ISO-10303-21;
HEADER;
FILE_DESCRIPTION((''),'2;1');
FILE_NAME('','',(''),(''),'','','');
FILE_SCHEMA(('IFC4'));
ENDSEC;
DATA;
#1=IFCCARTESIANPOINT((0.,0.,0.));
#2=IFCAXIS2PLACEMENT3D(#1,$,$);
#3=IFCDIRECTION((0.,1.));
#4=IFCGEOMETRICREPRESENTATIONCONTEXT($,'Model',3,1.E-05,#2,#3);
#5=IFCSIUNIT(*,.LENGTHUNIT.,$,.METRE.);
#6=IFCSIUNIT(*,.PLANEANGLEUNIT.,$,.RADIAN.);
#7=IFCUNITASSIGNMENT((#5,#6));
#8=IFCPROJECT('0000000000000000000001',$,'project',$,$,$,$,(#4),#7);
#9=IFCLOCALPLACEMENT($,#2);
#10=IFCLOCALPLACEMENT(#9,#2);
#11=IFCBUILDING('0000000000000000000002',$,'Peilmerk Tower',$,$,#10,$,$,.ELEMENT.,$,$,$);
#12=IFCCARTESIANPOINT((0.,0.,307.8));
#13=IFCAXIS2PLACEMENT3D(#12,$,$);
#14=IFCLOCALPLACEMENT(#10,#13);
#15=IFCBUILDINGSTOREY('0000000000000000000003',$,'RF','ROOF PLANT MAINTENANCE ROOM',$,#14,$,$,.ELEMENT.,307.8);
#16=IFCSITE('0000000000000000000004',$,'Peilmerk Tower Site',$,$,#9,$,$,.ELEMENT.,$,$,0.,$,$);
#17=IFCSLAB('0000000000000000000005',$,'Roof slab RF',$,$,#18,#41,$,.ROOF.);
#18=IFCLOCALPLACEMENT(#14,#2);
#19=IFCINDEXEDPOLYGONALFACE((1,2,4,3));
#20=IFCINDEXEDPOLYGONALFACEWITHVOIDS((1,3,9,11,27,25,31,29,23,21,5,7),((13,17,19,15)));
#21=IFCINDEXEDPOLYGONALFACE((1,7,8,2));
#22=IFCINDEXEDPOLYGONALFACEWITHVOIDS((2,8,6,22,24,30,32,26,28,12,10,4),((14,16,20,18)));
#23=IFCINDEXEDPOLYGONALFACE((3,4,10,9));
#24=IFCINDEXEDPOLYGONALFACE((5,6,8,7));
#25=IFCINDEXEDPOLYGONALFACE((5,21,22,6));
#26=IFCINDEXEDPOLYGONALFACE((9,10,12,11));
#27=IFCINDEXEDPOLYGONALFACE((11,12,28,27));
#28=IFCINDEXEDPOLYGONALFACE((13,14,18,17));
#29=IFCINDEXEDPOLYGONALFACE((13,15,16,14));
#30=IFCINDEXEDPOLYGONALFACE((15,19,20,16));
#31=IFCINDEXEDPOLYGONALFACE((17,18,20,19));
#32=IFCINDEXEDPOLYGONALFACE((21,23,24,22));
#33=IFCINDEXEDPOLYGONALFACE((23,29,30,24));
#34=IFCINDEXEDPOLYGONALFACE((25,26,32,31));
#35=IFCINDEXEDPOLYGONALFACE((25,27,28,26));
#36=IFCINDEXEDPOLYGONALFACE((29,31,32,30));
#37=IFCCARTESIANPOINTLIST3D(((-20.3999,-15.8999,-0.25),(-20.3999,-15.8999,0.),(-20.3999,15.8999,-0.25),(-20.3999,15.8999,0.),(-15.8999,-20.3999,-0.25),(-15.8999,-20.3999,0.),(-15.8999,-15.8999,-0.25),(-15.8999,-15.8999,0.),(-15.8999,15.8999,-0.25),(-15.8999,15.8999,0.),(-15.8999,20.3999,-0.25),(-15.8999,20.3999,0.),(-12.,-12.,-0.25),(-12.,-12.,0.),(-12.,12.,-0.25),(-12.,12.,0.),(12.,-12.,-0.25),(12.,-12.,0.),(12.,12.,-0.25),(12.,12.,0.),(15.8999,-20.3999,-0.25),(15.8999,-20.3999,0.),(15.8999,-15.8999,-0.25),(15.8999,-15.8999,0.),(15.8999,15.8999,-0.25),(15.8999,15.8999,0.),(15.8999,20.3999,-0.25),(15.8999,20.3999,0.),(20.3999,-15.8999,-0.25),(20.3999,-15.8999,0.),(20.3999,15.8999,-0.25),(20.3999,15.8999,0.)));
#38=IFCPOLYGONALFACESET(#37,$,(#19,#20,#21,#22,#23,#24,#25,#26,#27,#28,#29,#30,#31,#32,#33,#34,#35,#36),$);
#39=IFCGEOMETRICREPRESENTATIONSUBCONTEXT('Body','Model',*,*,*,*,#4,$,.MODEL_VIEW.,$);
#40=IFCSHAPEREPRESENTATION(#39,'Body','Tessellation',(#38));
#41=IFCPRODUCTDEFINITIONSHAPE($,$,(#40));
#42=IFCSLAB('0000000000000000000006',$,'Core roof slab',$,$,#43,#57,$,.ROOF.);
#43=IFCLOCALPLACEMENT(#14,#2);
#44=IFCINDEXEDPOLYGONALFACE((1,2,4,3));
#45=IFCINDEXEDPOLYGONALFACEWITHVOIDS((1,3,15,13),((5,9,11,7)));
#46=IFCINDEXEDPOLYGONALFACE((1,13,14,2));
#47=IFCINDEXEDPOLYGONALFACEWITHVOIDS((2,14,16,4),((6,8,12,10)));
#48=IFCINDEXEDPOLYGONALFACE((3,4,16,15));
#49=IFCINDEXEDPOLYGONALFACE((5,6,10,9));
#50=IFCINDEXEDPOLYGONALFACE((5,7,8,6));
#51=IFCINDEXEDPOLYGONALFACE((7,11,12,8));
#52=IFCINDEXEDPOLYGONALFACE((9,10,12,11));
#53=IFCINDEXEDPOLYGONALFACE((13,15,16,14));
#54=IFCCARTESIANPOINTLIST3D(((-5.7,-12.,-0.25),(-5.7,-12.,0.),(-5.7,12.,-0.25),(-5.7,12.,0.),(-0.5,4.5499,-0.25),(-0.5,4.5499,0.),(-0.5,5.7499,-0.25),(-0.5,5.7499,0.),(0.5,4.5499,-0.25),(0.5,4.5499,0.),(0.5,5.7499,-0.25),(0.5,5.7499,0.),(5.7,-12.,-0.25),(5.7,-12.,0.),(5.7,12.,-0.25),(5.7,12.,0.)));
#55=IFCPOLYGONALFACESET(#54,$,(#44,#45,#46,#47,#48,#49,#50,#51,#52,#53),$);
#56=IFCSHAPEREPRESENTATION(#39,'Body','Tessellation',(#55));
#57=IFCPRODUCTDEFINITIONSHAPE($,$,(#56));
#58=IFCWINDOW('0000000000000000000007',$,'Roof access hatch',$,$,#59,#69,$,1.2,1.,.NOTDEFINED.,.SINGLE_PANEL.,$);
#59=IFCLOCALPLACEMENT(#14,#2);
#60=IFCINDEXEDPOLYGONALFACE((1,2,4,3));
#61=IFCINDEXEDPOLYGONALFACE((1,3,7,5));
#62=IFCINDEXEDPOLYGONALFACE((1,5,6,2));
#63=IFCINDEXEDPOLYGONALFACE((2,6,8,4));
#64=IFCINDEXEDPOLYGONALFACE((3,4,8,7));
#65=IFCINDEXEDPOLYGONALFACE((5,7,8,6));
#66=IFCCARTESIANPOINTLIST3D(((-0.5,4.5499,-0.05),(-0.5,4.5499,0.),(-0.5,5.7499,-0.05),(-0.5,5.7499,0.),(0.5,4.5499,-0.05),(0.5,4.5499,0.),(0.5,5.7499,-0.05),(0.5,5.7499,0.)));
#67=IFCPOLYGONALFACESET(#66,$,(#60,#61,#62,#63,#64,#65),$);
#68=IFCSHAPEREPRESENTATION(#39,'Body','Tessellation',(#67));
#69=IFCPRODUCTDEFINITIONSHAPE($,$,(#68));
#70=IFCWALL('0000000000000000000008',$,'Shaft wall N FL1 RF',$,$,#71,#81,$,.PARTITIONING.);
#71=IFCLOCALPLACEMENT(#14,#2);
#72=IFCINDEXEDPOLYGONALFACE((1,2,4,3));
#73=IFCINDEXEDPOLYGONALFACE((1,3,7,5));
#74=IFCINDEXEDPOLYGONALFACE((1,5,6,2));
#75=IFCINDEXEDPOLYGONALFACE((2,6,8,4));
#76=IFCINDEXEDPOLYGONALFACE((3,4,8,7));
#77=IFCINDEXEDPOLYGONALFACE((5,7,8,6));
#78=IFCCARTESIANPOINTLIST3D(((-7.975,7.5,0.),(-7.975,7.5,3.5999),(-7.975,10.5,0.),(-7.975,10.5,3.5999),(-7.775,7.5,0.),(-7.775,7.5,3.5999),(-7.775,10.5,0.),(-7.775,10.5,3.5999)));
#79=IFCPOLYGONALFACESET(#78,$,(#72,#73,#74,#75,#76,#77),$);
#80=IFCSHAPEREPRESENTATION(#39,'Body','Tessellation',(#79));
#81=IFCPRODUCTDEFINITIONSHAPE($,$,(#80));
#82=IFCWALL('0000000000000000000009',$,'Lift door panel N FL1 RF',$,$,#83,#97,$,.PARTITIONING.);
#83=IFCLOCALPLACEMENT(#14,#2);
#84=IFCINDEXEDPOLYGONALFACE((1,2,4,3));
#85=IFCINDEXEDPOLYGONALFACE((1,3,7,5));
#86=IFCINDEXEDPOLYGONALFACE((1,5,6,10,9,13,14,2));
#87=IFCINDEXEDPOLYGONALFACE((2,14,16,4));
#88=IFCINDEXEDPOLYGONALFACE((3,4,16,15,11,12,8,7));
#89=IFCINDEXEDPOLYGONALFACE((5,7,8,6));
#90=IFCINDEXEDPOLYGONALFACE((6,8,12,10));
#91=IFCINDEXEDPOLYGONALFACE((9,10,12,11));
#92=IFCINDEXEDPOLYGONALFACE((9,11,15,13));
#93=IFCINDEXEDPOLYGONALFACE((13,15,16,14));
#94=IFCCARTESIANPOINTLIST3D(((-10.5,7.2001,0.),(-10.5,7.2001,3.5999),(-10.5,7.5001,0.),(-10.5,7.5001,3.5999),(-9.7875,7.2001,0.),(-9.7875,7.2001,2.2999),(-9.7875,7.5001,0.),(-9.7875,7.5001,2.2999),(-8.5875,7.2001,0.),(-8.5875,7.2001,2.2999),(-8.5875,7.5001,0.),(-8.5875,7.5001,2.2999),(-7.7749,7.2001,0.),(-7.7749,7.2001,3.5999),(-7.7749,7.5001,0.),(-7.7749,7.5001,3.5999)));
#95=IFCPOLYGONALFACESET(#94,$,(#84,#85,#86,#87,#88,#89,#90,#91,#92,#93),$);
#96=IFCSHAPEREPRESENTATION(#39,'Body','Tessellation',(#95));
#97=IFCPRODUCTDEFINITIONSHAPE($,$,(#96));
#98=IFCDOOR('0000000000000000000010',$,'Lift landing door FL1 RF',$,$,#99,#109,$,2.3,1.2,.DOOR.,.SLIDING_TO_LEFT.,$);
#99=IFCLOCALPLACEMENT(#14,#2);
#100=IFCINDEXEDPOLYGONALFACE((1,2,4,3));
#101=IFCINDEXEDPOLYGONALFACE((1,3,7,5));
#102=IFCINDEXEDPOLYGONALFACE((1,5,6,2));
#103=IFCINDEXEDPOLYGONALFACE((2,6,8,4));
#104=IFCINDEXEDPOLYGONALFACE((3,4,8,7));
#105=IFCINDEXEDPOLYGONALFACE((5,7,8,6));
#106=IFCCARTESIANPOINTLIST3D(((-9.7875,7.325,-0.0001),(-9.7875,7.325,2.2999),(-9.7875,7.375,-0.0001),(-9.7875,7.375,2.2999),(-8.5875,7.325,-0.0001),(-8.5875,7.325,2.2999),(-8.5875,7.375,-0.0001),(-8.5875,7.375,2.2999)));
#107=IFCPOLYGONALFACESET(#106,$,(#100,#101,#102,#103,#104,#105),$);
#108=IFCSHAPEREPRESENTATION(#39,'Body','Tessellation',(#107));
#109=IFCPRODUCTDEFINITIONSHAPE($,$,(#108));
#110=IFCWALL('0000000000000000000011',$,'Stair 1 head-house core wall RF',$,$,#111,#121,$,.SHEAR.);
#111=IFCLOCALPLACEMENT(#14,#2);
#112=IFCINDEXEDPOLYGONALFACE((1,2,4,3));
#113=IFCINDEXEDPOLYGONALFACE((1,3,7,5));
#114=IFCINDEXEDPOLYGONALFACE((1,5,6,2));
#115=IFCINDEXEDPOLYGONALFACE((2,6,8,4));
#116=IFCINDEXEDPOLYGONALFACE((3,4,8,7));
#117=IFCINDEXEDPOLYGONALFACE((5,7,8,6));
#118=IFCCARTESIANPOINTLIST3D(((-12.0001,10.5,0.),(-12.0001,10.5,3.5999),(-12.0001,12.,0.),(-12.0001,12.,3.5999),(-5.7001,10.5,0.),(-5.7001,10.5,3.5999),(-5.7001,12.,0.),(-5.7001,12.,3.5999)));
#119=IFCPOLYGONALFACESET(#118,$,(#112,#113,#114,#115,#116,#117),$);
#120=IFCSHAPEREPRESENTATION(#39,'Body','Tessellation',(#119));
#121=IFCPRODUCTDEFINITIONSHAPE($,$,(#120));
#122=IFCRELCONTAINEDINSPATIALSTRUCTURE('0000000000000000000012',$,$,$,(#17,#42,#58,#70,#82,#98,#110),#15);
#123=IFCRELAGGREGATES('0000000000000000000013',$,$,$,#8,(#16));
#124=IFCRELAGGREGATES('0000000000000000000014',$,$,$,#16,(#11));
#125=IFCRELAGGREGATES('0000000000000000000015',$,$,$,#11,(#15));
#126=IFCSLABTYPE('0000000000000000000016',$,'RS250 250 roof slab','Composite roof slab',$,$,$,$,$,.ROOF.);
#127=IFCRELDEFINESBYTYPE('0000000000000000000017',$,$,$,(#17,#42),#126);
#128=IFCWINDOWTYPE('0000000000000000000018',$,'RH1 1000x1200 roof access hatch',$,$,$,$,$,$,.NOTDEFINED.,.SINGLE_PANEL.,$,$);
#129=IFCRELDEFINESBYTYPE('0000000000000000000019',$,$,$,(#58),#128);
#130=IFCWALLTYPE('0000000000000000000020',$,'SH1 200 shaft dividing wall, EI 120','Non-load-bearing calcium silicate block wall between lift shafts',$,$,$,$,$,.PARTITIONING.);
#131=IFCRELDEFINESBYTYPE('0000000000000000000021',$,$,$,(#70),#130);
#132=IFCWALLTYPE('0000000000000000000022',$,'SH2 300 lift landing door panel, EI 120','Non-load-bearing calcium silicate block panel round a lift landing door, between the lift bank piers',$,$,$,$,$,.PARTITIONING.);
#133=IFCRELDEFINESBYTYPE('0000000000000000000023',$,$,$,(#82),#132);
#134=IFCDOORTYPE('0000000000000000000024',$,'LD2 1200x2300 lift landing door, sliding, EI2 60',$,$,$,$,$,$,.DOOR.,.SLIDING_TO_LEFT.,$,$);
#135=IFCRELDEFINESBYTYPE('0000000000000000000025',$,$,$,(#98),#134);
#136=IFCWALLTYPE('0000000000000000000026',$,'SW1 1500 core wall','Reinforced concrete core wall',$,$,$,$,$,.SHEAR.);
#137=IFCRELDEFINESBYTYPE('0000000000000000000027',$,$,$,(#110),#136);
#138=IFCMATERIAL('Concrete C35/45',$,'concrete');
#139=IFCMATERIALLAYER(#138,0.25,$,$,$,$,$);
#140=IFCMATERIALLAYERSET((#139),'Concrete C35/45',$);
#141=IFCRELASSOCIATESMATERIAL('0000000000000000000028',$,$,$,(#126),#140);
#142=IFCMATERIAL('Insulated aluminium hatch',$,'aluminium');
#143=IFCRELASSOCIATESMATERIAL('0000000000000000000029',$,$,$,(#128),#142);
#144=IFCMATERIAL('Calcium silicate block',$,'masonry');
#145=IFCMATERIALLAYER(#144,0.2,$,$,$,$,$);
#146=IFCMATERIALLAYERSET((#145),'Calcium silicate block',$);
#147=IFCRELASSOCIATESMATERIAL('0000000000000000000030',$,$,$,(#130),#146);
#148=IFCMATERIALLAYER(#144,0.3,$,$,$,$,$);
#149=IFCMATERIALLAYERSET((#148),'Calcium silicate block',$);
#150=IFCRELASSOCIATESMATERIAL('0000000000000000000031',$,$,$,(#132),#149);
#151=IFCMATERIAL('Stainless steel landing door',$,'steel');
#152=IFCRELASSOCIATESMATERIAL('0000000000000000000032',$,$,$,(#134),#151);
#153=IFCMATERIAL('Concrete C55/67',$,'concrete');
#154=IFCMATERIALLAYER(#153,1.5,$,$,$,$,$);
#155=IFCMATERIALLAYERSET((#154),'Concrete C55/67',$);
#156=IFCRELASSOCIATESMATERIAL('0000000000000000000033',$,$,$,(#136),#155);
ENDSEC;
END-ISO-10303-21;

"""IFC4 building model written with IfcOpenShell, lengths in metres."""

from ifc_helpers import new_model, si_unit, direction, frame, frame_2d, origin, origin_2d, place, context, subcontext, project, spatial, polyline, rectangle, outline, extrude, material, layer, layer_set, type_object, element, fill, save


model = new_model("IFC4")

# Units and contexts
model_context = context("Model", 3, precision=1e-05, world=origin(), true_north=direction((0.0, 1.0)))
body_context = subcontext(model_context, "Body", "Model", "MODEL_VIEW")
ifc_project = project(units=[si_unit("LENGTHUNIT", "METRE"), si_unit("PLANEANGLEUNIT", "RADIAN")], contexts=[model_context])

# Site, building, storey
site_placement = place(None, origin())
site = spatial("IfcSite", under=ifc_project, at=site_placement, Name="Peilmerk Tower Site", CompositionType="ELEMENT", RefElevation=0.0)
building_placement = place(site_placement, origin())
building = spatial("IfcBuilding", under=site, at=building_placement, Name="Peilmerk Tower", CompositionType="ELEMENT")
storey_placement = place(building_placement, frame((0.0, 0.0, 307.8)))
storey = spatial("IfcBuildingStorey", under=building, at=storey_placement, Name="RF", Description="ROOF PLANT MAINTENANCE ROOM", CompositionType="ELEMENT", Elevation=307.8)

# Slab
ifc_material_1 = material(Name="Concrete C55/67", Category="concrete")
ifc_material_2 = material(Name="Concrete C35/45", Category="concrete")
ifc_layer_1 = layer(ifc_material_2, 0.25)
ifc_layer_set_1 = layer_set([ifc_layer_1], Name="Concrete C35/45")
slab_type_1 = type_object("IfcSlabType", Name="RS250 250 roof slab", Description="Composite roof slab", PredefinedType="ROOF", material=ifc_layer_set_1)
slab_1_placement = place(storey_placement, frame((0.0, 0.0, -0.25)))
element("IfcSlab", 1, at=slab_1_placement, inside=storey, type_object=slab_type_1, Name="Roof slab RF", PredefinedType="ROOF", context=body_context, shape_type="SweptSolid", body=[
    extrude(outline(polyline([(-15.8999, -20.3999), (15.8999, -20.3999), (15.8999, -15.8999), (20.3999, -15.8999), (20.3999, 15.8999), (15.8999, 15.8999), (15.8999, 20.3999), (-15.8999, 20.3999), (-15.8999, 15.8999), (-20.3999, 15.8999), (-20.3999, -15.8999), (-15.8999, -15.8999), (-15.8999, -20.3999)]), holes=[polyline([(12.0, 12.0), (12.0, -12.0), (-12.0, -12.0), (-12.0, 12.0), (12.0, 12.0)])]), origin(), (0.0, 0.0, 1.0), 0.25),
])

# Slab, opening, window
slab_2_placement = place(storey_placement, frame((0.0, 0.0, -0.25)))
slab_2 = element("IfcSlab", 2, at=slab_2_placement, inside=storey, type_object=slab_type_1, Name="Core roof slab", PredefinedType="ROOF", context=body_context, shape_type="SweptSolid", body=[
    extrude(outline(polyline([(5.7, -12.0), (5.7, 12.0), (-5.7, 12.0), (-5.7, -12.0), (5.7, -12.0)])), origin(), (0.0, 0.0, 1.0), 0.25),
])
opening_1_placement = place(slab_2_placement, frame((0.0, 5.1499, 0.0)))
opening_1 = element("IfcOpeningElement", 3, at=opening_1_placement, cuts=slab_2, PredefinedType="OPENING", context=body_context, shape_type="SweptSolid", body=[
    extrude(rectangle(XDim=1.0, YDim=1.2, at=origin_2d()), frame((0.0, 0.0, -0.01)), (0.0, 0.0, 1.0), 0.27),
])
ifc_material_3 = material(Name="Insulated aluminium hatch", Category="aluminium")
window_type = type_object("IfcWindowType", Name="RH1 1000x1200 roof access hatch", PartitioningType="SINGLE_PANEL", PredefinedType="NOTDEFINED", material=ifc_material_3)
window_placement = place(opening_1_placement, frame((0.0, 0.0, 0.2)))
window = element("IfcWindow", 4, at=window_placement, inside=storey, type_object=window_type, Name="Roof access hatch", OverallHeight=1.2, OverallWidth=1.0, PartitioningType="SINGLE_PANEL", PredefinedType="NOTDEFINED", context=body_context, shape_type="SweptSolid", body=[
    extrude(rectangle(XDim=1.0, YDim=1.2, at=origin_2d()), origin(), (0.0, 0.0, 1.0), 0.05),
])
fill(opening_1, window)

# Wall
ifc_material_4 = material(Name="Calcium silicate block", Category="masonry")
ifc_layer_2 = layer(ifc_material_4, 0.2)
ifc_layer_set_2 = layer_set([ifc_layer_2], Name="Calcium silicate block")
wall_type_1 = type_object("IfcWallType", Name="SH1 200 shaft dividing wall, EI 120", Description="Non-load-bearing calcium silicate block wall between lift shafts", PredefinedType="PARTITIONING", material=ifc_layer_set_2)
wall_1_placement = place(storey_placement, frame((-7.875, 7.5, 0.0), z_axis=(0.0, 0.0, 1.0), x_axis=(0.0, 1.0, 0.0)))
element("IfcWall", 5, at=wall_1_placement, inside=storey, type_object=wall_type_1, Name="Shaft wall N FL1 RF", PredefinedType="PARTITIONING", context=body_context, shape_type="SweptSolid", body=[
    extrude(rectangle(XDim=3.0, YDim=0.2, at=frame_2d((1.5, 0.0))), origin(), (0.0, 0.0, 1.0), 3.5999),
])

# Wall, opening, door
ifc_layer_3 = layer(ifc_material_4, 0.3)
ifc_layer_set_3 = layer_set([ifc_layer_3], Name="Calcium silicate block")
wall_type_2 = type_object("IfcWallType", Name="SH2 300 lift landing door panel, EI 120", Description="Non-load-bearing calcium silicate block panel round a lift landing door, between the lift bank piers", PredefinedType="PARTITIONING", material=ifc_layer_set_3)
wall_2_placement = place(storey_placement, frame((-10.5, 7.3501, 0.0), z_axis=(0.0, 0.0, 1.0), x_axis=(1.0, 0.0, 0.0)))
wall_2 = element("IfcWall", 6, at=wall_2_placement, inside=storey, type_object=wall_type_2, Name="Lift door panel N FL1 RF", PredefinedType="PARTITIONING", context=body_context, shape_type="SweptSolid", body=[
    extrude(rectangle(XDim=2.7251, YDim=0.3, at=frame_2d((1.3625, 0.0))), origin(), (0.0, 0.0, 1.0), 3.5999),
])
opening_2_placement = place(wall_2_placement, frame((0.7124, 0.0, 0.0)))
opening_2 = element("IfcOpeningElement", 7, at=opening_2_placement, cuts=wall_2, PredefinedType="OPENING", context=body_context, shape_type="SweptSolid", body=[
    extrude(rectangle(XDim=1.2, YDim=2.3, at=frame_2d((0.6001, 1.1499))), frame((0.0, 0.1599, 0.0), z_axis=(0.0, -1.0, 0.0), x_axis=(1.0, 0.0, 0.0)), (0.0, 0.0, 1.0), 0.3201),
])
ifc_material_5 = material(Name="Stainless steel landing door", Category="steel")
door_type = type_object("IfcDoorType", Name="LD2 1200x2300 lift landing door, sliding, EI2 60", OperationType="SLIDING_TO_LEFT", PredefinedType="DOOR", material=ifc_material_5)
door_placement = place(opening_2_placement, origin())
door = element("IfcDoor", 8, at=door_placement, inside=storey, type_object=door_type, Name="Lift landing door FL1 RF", OperationType="SLIDING_TO_LEFT", OverallHeight=2.3, OverallWidth=1.2, PredefinedType="DOOR", context=body_context, shape_type="SweptSolid", body=[
    extrude(rectangle(XDim=1.2, YDim=2.3, at=frame_2d((0.6001, 1.1499))), frame((0.0, 0.0249, 0.0), z_axis=(0.0, -1.0, 0.0), x_axis=(1.0, 0.0, 0.0)), (0.0, 0.0, 1.0), 0.05),
])
fill(opening_2, door)

# Wall
ifc_layer_4 = layer(ifc_material_1, 1.5)
ifc_layer_set_4 = layer_set([ifc_layer_4], Name="Concrete C55/67")
wall_type_3 = type_object("IfcWallType", Name="SW1 1500 core wall", Description="Reinforced concrete core wall", PredefinedType="SHEAR", material=ifc_layer_set_4)
wall_3_placement = place(storey_placement, frame((-12.0, 11.25, 0.0), z_axis=(0.0, 0.0, 1.0), x_axis=(1.0, 0.0, 0.0)))
element("IfcWall", 9, at=wall_3_placement, inside=storey, type_object=wall_type_3, Name="Stair 1 head-house core wall RF", PredefinedType="SHEAR", context=body_context, shape_type="SweptSolid", body=[
    extrude(rectangle(XDim=6.3, YDim=1.5, at=frame_2d((3.1499, 0.0))), origin(), (0.0, 0.0, 1.0), 3.5999),
])

save(model, "model.ifc")
